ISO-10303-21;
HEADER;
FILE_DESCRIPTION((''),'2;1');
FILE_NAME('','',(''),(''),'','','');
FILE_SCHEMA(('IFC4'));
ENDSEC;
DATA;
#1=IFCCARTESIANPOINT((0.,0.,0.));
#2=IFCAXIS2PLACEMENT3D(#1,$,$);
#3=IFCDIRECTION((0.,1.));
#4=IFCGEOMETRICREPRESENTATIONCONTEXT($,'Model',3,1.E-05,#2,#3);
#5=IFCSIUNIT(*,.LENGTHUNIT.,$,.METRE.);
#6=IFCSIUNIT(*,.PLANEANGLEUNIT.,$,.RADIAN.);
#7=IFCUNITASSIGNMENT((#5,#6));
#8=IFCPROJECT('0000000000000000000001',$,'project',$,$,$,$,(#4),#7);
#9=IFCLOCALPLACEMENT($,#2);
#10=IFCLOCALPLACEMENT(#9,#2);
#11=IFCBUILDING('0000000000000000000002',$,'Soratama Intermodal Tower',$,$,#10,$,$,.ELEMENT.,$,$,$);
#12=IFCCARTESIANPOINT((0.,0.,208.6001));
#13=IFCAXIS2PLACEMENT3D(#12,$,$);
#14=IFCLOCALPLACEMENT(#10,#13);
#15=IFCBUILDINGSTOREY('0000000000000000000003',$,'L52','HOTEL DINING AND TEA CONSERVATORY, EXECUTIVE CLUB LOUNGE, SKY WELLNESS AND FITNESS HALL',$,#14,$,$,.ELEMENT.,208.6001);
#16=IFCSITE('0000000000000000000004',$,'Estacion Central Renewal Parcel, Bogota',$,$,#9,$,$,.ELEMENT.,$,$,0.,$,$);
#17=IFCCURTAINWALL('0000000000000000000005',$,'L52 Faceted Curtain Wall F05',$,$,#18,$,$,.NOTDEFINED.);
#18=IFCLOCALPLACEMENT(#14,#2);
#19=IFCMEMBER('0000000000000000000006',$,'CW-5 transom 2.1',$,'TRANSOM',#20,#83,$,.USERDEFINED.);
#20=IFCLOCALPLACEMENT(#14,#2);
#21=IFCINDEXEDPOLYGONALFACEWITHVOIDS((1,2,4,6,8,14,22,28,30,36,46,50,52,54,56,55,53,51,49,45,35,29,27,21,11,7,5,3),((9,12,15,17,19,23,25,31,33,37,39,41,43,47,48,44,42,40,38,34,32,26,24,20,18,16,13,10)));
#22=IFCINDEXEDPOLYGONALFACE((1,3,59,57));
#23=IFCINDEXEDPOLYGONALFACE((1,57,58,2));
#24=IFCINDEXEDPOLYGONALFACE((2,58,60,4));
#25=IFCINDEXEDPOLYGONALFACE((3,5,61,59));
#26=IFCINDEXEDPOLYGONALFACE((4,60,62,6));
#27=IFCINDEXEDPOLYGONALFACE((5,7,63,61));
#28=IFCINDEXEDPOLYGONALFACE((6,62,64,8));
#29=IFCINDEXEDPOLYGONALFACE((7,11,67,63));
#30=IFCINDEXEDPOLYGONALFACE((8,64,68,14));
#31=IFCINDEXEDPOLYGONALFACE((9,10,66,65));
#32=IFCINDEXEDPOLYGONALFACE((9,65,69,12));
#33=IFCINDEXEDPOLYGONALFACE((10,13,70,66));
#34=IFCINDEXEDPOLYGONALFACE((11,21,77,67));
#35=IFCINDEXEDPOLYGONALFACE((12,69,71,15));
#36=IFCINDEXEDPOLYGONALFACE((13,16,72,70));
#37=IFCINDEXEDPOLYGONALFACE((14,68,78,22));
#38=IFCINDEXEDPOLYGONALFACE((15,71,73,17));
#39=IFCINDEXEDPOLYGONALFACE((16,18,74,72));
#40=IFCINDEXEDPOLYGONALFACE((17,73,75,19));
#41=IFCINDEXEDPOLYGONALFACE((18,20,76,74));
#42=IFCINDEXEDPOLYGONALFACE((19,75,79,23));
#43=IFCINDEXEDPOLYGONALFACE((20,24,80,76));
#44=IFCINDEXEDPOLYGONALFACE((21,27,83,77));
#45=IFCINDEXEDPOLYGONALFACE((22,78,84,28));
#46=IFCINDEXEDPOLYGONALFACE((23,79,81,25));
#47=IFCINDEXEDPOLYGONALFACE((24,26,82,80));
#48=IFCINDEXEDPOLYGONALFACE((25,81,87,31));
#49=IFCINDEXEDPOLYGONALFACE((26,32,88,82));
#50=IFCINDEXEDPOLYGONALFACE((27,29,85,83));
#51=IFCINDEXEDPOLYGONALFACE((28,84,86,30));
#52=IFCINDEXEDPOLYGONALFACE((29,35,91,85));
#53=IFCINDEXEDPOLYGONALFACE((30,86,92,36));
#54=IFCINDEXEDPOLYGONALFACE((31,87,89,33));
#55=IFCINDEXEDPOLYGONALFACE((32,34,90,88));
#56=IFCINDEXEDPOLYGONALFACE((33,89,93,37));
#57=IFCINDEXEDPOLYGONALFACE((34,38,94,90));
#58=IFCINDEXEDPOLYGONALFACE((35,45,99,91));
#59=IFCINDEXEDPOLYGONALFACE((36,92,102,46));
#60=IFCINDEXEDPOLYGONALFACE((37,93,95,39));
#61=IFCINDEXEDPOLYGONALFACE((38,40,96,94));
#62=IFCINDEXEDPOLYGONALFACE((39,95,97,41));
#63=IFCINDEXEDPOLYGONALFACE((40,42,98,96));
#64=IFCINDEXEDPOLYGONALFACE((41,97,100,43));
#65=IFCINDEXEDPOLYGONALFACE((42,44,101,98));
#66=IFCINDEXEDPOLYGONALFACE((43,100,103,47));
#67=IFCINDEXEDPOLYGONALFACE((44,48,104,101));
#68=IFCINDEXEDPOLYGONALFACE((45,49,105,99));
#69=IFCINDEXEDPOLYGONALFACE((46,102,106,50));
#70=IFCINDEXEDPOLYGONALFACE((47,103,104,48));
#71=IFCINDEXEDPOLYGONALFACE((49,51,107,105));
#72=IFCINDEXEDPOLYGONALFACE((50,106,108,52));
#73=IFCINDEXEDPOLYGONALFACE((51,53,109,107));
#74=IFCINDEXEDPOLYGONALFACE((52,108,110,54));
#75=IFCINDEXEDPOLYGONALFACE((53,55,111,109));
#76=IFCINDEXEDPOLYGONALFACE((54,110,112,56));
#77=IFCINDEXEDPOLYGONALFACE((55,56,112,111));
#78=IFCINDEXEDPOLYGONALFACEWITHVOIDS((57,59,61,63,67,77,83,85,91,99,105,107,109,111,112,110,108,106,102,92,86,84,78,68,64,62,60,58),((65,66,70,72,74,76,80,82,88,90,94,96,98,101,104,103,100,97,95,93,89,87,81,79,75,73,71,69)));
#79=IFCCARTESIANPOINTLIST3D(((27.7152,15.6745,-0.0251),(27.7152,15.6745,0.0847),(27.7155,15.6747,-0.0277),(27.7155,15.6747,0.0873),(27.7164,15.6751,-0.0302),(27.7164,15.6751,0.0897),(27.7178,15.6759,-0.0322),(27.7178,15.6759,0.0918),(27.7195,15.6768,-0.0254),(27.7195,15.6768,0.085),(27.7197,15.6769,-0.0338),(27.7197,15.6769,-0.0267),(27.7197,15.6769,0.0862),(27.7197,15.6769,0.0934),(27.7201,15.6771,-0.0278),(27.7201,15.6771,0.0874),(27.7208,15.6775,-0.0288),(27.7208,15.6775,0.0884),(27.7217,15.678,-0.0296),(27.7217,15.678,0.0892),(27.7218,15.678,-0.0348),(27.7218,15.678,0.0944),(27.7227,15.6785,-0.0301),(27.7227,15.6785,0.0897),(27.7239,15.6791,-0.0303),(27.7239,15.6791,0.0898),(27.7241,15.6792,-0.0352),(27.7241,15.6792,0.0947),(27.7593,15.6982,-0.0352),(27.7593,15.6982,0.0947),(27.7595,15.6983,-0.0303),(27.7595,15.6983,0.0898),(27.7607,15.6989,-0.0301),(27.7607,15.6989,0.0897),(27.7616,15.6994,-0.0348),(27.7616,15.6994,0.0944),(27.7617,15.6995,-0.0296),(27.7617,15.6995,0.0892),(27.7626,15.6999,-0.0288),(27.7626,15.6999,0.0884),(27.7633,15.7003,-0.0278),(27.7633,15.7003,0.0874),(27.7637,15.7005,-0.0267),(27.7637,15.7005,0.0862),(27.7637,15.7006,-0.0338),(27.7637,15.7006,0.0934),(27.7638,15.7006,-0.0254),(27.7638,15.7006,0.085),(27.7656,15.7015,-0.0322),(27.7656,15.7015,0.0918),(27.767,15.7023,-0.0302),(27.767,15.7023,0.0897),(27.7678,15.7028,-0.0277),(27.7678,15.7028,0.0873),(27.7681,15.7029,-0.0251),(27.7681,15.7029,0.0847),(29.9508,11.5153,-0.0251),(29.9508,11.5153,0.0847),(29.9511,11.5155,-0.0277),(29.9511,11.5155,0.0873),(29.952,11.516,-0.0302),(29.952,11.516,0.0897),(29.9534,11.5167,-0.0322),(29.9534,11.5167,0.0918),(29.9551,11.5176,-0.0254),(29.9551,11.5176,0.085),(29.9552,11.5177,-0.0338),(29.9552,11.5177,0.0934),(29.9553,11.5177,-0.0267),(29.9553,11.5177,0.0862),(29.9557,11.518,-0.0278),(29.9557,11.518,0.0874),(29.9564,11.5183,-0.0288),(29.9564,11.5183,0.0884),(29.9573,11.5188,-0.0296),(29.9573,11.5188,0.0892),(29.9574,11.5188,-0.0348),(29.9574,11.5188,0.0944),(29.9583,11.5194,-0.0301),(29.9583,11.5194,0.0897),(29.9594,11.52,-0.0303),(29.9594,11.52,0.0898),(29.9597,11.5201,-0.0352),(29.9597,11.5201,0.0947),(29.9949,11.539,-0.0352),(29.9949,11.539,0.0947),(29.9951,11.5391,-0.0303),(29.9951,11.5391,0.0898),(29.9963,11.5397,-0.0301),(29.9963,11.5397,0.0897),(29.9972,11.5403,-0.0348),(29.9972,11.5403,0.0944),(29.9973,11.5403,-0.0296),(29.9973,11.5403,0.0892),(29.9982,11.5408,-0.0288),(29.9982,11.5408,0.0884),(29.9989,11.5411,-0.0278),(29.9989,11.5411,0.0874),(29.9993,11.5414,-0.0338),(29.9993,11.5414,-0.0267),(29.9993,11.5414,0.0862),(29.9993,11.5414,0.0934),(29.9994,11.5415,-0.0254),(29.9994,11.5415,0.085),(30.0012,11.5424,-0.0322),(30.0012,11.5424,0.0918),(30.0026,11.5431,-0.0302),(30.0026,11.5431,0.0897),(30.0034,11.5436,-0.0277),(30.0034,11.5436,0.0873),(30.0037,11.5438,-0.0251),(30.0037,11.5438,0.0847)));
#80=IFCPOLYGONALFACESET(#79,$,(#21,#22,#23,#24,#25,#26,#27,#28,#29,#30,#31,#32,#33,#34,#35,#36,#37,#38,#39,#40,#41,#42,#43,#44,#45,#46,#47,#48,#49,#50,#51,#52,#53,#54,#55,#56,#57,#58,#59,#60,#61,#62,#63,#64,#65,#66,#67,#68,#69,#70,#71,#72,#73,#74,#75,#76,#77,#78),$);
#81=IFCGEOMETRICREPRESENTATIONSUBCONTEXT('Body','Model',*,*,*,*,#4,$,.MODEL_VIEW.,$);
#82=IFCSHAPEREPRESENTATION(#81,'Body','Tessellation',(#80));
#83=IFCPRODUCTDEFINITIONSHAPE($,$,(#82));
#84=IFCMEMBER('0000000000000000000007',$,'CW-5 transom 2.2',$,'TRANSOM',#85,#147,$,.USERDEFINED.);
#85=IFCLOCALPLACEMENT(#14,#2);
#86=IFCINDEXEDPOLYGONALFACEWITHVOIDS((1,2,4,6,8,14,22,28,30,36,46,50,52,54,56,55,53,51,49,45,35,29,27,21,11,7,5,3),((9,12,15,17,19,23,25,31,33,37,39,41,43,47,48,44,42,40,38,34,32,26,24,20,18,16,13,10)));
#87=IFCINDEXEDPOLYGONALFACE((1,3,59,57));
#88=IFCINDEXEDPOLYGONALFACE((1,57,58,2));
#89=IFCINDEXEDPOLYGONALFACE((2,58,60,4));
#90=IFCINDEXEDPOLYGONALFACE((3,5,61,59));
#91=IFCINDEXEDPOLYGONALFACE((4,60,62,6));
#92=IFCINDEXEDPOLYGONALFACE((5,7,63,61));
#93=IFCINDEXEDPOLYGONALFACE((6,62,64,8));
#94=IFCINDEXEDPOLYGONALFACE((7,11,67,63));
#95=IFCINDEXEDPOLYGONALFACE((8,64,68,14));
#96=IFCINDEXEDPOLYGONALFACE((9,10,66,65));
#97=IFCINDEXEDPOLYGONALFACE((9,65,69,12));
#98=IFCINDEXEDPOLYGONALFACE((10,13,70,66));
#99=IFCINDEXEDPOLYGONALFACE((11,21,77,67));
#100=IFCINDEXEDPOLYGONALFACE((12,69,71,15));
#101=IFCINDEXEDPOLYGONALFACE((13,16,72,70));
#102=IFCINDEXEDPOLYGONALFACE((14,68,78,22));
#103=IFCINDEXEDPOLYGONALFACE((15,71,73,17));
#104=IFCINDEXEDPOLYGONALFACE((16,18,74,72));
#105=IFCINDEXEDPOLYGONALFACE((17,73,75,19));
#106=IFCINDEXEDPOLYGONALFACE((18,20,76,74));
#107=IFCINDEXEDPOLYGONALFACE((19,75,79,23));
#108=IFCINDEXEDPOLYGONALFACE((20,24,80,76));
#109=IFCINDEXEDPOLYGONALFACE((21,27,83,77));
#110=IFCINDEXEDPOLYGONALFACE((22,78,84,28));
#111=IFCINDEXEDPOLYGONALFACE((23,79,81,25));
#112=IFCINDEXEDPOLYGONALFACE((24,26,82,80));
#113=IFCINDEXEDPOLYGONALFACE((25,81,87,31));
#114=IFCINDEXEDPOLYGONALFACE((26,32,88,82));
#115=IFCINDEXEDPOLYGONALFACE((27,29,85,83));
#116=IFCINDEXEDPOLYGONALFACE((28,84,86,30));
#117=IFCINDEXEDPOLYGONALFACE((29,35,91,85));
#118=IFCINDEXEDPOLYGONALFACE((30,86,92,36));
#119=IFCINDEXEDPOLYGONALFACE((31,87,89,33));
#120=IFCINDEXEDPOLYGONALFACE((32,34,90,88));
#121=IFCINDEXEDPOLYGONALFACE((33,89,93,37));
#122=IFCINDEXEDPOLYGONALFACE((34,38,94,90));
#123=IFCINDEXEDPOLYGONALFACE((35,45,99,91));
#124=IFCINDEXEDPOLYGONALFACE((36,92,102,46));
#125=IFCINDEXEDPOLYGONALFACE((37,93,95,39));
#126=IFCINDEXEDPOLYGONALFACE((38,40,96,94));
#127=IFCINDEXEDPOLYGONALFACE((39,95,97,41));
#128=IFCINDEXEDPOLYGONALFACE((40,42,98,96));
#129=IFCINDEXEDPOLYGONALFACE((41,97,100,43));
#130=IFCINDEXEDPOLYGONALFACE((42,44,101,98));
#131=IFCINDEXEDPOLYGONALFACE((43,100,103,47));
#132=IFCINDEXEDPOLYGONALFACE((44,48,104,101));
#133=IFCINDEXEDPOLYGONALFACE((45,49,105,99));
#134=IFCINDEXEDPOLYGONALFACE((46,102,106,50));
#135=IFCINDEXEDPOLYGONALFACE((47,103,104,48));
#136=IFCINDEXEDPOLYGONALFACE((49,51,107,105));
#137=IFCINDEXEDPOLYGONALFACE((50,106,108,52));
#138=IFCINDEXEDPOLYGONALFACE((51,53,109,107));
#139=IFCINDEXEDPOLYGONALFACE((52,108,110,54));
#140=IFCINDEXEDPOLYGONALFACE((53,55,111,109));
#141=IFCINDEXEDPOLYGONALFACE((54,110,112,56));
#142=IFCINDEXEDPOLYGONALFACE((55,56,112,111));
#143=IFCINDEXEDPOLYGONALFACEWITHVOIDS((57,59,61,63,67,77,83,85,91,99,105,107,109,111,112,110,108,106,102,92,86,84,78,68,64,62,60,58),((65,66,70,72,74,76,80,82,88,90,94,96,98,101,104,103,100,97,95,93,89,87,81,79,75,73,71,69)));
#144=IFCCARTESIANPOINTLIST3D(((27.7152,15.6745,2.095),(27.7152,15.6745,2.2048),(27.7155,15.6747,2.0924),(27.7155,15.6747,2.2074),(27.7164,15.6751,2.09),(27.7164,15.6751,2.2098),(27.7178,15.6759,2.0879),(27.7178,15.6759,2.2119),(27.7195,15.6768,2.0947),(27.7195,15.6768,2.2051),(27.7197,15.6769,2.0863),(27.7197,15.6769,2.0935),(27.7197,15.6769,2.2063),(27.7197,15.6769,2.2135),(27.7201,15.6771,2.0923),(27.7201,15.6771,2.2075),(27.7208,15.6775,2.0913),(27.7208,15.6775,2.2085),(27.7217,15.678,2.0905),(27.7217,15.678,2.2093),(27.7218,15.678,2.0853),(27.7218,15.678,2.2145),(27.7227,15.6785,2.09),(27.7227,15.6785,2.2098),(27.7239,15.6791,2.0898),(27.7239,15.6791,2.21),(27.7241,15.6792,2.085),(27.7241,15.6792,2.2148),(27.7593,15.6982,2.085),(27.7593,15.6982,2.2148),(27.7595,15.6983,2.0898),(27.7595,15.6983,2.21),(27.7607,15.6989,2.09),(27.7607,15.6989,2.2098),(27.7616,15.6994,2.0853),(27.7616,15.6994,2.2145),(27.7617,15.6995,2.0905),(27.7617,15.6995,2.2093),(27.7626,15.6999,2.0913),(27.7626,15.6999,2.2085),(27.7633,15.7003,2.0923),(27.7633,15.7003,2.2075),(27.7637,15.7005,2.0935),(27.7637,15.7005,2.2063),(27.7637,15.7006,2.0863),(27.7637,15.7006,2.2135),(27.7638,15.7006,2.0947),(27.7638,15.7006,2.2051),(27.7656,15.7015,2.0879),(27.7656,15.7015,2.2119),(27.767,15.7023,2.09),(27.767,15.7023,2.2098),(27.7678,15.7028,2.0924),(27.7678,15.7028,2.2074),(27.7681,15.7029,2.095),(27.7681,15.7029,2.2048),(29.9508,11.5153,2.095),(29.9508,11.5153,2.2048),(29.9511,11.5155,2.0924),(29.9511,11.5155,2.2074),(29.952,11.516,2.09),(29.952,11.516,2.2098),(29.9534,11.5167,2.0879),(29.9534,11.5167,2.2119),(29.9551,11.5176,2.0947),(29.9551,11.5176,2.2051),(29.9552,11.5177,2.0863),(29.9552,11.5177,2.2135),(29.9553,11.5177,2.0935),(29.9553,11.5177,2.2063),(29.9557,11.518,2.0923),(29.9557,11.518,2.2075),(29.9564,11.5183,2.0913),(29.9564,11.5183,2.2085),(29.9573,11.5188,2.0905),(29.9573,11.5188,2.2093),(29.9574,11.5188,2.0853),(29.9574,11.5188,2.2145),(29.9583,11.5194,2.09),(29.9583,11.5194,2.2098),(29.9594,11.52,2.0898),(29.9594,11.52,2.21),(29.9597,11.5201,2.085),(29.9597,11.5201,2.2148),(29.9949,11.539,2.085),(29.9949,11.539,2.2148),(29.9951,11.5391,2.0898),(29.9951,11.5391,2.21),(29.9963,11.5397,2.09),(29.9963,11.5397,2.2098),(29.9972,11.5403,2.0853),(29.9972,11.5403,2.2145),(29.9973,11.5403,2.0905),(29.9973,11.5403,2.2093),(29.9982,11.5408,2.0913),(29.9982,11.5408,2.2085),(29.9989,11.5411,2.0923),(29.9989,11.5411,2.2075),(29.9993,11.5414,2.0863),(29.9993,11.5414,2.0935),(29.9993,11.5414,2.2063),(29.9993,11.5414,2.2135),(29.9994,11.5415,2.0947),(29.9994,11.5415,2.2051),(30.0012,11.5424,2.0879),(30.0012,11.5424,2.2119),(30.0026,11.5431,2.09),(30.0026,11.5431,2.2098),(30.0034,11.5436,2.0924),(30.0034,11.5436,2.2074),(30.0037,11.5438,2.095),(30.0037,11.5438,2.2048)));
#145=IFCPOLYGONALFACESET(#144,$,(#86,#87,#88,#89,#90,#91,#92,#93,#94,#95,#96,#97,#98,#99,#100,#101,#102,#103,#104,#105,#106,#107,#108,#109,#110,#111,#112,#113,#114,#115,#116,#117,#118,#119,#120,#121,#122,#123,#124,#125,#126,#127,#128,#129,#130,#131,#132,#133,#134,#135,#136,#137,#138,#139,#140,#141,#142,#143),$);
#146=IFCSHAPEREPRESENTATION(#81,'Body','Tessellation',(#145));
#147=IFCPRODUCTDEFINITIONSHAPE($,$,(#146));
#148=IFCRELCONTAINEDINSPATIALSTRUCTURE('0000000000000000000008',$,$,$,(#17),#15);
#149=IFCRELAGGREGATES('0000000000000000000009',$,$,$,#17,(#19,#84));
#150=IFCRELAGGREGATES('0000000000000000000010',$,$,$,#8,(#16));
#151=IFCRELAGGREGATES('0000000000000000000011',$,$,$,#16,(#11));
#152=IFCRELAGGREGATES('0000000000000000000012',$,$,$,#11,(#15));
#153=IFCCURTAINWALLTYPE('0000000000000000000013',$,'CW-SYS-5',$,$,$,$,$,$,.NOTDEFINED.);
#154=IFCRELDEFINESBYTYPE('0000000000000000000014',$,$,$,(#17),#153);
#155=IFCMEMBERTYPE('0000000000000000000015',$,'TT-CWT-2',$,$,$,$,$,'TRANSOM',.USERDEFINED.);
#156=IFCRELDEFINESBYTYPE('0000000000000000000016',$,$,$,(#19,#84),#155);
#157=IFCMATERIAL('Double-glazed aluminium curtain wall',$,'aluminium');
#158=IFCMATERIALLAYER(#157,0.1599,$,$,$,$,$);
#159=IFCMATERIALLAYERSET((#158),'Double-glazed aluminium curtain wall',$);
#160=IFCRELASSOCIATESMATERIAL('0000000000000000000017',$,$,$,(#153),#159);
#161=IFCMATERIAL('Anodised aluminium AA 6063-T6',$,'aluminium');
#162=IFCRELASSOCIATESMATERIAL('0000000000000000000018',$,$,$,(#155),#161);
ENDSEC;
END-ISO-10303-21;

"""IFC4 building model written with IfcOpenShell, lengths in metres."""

from ifc_helpers import new_model, si_unit, direction, frame, origin, origin_2d, place, context, subcontext, project, spatial, hollow_rectangle, extrude, material, layer, layer_set, material_profile, profile_set, type_object, element, aggregate, save


model = new_model("IFC4")

# Units and contexts
model_context = context("Model", 3, precision=1e-05, world=origin(), true_north=direction((0.0, 1.0)))
body_context = subcontext(model_context, "Body", "Model", "MODEL_VIEW")
ifc_project = project(units=[si_unit("LENGTHUNIT", "METRE"), si_unit("PLANEANGLEUNIT", "RADIAN")], contexts=[model_context])

# Site, building, storey
site_placement = place(None, origin())
site = spatial("IfcSite", under=ifc_project, at=site_placement, Name="Estacion Central Renewal Parcel, Bogota", CompositionType="ELEMENT", RefElevation=0.0)
building_placement = place(site_placement, origin())
building = spatial("IfcBuilding", under=site, at=building_placement, Name="Soratama Intermodal Tower", CompositionType="ELEMENT")
storey_placement = place(building_placement, frame((0.0, 0.0, 208.6001)))
storey = spatial("IfcBuildingStorey", under=building, at=storey_placement, Name="L52", Description="HOTEL DINING AND TEA CONSERVATORY, EXECUTIVE CLUB LOUNGE, SKY WELLNESS AND FITNESS HALL", CompositionType="ELEMENT", Elevation=208.6001)

# Curtain wall
ifc_material_1 = material(Name="Double-glazed aluminium curtain wall", Category="aluminium")
ifc_layer_1 = layer(ifc_material_1, 0.1599)
ifc_layer_set_1 = layer_set([ifc_layer_1], Name="Double-glazed aluminium curtain wall")
curtain_wall_type = type_object("IfcCurtainWallType", Name="CW-SYS-5", PredefinedType="NOTDEFINED", material=ifc_layer_set_1)
curtain_wall_1_placement = place(storey_placement, origin())
curtain_wall_1 = element("IfcCurtainWall", 1, at=curtain_wall_1_placement, inside=storey, type_object=curtain_wall_type, Name="L52 Faceted Curtain Wall F05", PredefinedType="NOTDEFINED")

# Members
ifc_material_2 = material(Name="Anodised aluminium AA 6063-T6", Category="aluminium")
ifc_material_profile_1 = material_profile(ifc_material_2, hollow_rectangle(XDim=0.0601, YDim=0.1299, WallThickness=0.0049, InnerFilletRadius=0.0049, OuterFilletRadius=0.01, at=origin_2d()), Name="CWT130X60X5")
ifc_profile_set_1 = profile_set([ifc_material_profile_1], Name="Anodised aluminium AA 6063-T6")
member_type_1 = type_object("IfcMemberType", Name="TT-CWT-2", ElementType="TRANSOM", PredefinedType="USERDEFINED", material=ifc_profile_set_1)
member_1_placement = place(storey_placement, frame((27.7417, 15.6887, 0.0298), z_axis=(0.473449, -0.880821, 0.0), x_axis=(0.880821, 0.473449, 0.0)))
member_1 = element("IfcMember", 2, at=member_1_placement, type_object=member_type_1, Name="CW-5 transom 2.1", ObjectType="TRANSOM", PredefinedType="USERDEFINED", context=body_context, shape_type="SweptSolid", body=[
    extrude(hollow_rectangle(XDim=0.0601, YDim=0.1299, WallThickness=0.0049, InnerFilletRadius=0.0049, OuterFilletRadius=0.01, at=origin_2d()), origin(), (0.0, 0.0, 1.0), 4.7219),
])
member_2_placement = place(storey_placement, frame((27.7417, 15.6887, 2.1499), z_axis=(0.473449, -0.880821, 0.0), x_axis=(0.880821, 0.473449, 0.0)))
member_2 = element("IfcMember", 3, at=member_2_placement, type_object=member_type_1, Name="CW-5 transom 2.2", ObjectType="TRANSOM", PredefinedType="USERDEFINED", context=body_context, shape_type="SweptSolid", body=[
    extrude(hollow_rectangle(XDim=0.0601, YDim=0.1299, WallThickness=0.0049, InnerFilletRadius=0.0049, OuterFilletRadius=0.01, at=origin_2d()), origin(), (0.0, 0.0, 1.0), 4.7219),
])

aggregate(curtain_wall_1, [member_1, member_2])

save(model, "model.ifc")
